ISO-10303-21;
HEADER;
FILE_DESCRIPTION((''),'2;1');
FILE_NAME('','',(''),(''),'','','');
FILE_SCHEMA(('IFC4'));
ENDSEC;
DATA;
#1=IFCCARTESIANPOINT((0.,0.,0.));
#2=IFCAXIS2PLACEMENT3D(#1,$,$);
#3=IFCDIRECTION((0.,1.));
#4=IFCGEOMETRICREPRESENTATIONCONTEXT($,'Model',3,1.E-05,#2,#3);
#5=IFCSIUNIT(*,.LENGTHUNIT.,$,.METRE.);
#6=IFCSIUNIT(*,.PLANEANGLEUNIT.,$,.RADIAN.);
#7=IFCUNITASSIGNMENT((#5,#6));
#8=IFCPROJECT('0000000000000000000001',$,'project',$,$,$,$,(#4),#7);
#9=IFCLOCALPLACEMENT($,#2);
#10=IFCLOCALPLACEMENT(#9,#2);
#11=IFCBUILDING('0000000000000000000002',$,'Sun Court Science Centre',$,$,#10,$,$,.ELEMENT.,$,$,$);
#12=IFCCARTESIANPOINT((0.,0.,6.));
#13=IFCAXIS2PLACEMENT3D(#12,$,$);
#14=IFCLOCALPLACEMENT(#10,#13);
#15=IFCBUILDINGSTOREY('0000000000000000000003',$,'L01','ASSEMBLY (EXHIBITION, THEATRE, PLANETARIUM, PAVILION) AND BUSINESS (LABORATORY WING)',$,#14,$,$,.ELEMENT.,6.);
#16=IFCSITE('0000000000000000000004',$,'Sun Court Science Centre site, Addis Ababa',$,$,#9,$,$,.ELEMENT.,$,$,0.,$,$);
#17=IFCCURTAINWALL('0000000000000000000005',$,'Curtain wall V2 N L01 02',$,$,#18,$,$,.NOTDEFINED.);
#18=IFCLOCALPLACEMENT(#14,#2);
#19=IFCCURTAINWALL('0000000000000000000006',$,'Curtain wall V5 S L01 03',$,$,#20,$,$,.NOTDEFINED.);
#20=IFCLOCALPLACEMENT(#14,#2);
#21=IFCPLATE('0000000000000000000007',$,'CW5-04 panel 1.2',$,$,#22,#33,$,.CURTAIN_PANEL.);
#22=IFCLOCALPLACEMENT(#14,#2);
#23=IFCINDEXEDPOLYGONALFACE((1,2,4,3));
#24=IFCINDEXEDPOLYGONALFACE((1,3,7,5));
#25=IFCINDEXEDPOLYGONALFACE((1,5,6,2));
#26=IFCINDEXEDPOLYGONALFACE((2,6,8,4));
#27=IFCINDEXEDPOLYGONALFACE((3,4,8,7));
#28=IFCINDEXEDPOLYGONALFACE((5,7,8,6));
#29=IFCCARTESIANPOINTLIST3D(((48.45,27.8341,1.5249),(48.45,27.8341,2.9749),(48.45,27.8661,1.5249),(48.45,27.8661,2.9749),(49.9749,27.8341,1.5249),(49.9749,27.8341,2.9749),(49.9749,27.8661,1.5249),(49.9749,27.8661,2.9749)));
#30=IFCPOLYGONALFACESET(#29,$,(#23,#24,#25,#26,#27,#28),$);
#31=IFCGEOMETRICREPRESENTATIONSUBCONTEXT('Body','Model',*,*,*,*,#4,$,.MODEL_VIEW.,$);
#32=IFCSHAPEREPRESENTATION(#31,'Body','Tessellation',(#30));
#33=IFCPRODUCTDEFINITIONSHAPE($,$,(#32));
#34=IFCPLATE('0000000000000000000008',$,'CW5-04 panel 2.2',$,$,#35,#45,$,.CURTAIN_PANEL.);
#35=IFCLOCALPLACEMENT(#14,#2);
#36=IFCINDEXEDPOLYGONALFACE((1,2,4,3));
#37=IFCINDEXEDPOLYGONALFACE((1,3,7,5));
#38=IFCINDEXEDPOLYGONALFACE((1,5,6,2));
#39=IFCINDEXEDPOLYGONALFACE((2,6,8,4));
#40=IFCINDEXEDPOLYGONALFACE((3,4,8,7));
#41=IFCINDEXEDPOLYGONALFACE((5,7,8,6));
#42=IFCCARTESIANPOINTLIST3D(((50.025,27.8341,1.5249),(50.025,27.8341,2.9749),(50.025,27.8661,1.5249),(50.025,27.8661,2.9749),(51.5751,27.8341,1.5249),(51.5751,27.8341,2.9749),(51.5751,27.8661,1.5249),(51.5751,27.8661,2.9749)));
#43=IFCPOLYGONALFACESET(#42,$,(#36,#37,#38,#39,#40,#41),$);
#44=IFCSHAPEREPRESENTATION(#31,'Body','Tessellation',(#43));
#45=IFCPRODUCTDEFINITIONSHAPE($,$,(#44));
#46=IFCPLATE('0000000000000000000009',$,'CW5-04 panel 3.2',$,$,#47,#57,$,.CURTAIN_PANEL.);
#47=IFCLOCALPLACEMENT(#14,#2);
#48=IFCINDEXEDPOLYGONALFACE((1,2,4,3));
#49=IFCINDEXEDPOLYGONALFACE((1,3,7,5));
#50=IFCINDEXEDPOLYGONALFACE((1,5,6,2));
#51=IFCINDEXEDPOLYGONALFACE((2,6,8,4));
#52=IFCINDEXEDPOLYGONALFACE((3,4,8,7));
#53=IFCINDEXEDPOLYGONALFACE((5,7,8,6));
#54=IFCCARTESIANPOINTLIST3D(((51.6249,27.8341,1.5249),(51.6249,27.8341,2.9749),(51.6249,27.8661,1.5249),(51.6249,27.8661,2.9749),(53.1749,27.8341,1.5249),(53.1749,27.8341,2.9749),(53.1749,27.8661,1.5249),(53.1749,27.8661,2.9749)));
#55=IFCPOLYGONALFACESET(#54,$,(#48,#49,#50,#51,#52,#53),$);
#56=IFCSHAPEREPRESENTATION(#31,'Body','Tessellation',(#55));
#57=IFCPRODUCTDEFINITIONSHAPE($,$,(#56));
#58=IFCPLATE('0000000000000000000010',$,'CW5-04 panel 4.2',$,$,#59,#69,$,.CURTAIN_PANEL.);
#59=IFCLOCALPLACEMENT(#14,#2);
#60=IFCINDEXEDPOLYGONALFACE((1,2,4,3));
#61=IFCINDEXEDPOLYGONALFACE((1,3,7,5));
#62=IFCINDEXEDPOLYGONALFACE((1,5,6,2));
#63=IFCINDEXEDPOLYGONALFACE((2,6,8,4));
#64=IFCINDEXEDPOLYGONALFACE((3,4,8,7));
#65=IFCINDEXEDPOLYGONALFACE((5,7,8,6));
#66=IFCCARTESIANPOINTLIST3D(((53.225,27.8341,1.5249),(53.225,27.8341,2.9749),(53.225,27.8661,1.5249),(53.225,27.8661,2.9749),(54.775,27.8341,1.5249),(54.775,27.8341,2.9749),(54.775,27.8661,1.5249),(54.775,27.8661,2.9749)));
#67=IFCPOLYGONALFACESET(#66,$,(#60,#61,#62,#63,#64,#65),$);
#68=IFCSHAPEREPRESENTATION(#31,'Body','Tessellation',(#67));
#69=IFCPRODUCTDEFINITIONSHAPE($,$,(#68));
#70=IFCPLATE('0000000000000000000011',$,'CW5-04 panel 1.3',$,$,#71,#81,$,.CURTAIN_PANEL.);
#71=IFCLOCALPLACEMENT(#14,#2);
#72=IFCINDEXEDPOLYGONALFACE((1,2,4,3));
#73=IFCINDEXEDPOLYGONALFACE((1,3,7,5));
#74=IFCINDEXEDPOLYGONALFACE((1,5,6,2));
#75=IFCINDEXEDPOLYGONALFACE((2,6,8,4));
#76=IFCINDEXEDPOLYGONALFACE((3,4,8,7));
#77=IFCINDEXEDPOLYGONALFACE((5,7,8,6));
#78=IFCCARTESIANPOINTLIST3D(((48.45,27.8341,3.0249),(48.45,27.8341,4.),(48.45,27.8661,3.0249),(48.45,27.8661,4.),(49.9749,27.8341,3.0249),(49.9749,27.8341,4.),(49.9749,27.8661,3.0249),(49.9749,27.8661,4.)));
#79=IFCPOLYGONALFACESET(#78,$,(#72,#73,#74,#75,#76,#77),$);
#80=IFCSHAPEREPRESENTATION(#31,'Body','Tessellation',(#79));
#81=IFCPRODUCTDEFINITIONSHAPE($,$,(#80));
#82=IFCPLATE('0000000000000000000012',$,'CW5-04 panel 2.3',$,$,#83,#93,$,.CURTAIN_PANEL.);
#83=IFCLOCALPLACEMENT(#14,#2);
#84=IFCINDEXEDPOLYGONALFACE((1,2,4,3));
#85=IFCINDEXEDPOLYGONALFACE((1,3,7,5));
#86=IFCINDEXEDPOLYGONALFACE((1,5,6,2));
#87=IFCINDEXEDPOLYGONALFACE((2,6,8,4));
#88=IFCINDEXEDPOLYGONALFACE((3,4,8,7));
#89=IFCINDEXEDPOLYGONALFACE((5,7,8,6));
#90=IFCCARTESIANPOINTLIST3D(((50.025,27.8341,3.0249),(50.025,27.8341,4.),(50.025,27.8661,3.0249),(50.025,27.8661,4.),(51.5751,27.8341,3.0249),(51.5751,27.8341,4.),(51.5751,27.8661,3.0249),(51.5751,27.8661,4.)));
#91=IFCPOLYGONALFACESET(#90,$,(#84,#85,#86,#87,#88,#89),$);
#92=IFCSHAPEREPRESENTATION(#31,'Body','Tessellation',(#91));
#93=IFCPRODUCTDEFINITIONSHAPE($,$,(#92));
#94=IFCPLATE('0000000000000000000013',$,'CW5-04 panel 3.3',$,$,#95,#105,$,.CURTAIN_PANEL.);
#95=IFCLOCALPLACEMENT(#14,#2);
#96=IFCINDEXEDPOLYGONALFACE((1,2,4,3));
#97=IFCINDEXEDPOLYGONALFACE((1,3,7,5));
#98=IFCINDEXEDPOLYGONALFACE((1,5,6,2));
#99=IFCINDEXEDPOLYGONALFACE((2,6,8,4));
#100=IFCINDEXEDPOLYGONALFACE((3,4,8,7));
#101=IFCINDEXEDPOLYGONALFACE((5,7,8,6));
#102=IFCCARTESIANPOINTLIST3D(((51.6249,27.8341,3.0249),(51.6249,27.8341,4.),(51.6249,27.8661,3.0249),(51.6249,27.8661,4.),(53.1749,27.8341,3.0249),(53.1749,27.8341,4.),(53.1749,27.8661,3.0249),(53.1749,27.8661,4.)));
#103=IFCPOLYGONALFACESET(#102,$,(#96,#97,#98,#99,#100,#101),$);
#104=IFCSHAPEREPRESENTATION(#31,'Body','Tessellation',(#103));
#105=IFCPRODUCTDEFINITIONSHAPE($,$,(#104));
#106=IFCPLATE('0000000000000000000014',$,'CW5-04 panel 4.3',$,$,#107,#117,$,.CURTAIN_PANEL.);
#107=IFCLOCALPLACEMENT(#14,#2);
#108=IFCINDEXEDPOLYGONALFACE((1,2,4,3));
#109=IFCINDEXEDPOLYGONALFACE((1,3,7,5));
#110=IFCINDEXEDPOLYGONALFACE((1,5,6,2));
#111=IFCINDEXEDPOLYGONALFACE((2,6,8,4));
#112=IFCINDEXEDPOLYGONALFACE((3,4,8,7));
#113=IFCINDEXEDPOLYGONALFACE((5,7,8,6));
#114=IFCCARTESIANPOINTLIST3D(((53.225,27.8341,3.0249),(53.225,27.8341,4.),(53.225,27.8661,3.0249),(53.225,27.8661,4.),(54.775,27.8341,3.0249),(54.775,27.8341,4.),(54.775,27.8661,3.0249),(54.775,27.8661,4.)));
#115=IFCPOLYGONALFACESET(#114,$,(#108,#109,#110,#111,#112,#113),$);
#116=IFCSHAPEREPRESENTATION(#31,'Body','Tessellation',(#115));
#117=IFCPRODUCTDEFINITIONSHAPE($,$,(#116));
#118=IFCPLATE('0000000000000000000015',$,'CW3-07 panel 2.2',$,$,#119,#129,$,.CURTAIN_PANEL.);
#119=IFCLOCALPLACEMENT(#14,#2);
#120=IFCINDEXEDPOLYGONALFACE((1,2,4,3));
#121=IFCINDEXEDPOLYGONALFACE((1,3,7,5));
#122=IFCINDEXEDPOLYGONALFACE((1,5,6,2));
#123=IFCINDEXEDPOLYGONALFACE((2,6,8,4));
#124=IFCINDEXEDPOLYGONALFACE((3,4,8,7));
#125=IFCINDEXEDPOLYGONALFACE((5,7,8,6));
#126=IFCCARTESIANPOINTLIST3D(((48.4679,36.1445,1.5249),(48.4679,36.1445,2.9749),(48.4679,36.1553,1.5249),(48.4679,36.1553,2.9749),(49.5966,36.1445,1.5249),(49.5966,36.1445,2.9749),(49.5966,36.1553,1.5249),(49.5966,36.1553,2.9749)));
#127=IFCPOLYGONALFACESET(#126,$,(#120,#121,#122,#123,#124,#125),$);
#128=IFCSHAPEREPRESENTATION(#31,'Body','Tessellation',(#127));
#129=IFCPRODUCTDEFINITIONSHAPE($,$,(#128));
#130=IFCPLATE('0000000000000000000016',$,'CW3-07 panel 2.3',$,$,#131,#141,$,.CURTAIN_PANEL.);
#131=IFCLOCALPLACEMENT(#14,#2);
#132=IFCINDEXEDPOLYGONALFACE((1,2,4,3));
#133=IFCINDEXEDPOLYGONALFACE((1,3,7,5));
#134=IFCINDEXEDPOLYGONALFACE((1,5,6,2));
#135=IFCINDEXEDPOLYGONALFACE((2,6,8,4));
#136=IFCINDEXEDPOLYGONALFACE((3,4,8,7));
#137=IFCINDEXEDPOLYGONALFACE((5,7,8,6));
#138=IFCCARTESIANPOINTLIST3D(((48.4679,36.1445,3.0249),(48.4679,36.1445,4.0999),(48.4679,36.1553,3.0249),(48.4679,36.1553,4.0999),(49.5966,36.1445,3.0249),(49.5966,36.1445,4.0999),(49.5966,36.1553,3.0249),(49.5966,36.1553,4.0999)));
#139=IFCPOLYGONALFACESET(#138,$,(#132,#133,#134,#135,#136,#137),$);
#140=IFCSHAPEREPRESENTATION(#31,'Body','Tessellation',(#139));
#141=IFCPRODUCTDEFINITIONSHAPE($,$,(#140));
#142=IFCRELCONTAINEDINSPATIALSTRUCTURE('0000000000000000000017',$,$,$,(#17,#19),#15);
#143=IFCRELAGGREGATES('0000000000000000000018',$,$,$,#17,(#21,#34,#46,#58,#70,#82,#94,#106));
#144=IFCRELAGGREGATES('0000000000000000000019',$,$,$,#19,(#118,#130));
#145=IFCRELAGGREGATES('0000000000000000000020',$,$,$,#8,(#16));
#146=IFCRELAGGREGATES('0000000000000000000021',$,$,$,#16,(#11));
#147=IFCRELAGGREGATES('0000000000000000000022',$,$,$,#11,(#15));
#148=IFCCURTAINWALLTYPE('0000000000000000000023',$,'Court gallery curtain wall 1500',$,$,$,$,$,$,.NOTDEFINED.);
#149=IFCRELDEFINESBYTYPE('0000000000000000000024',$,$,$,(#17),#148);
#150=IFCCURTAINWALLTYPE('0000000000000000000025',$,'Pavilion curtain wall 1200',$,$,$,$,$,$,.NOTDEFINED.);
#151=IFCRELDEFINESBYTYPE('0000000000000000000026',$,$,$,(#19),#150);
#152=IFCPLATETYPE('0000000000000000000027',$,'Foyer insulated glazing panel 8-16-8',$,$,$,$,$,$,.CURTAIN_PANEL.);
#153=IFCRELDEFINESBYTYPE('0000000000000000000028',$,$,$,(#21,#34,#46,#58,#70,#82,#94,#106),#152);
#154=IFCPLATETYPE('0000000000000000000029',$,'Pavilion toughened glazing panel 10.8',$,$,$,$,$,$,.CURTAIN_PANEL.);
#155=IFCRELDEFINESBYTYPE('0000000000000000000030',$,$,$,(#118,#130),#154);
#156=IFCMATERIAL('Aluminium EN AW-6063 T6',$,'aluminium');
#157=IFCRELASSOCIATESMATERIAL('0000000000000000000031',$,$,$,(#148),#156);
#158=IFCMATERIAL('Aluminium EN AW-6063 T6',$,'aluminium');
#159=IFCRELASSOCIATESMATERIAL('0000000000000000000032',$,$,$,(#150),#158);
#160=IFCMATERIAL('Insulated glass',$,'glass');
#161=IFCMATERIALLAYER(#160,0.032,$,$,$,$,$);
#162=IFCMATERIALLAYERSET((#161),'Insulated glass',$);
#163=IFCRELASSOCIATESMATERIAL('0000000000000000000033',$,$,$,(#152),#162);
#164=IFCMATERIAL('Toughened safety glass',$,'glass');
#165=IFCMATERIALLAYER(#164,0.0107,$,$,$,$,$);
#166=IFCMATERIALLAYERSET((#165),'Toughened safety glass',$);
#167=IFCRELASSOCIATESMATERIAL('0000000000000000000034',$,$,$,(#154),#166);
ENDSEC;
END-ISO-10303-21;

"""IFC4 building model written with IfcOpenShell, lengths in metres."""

from ifc_helpers import new_model, si_unit, direction, frame, origin, origin_2d, place, context, subcontext, project, spatial, rectangle, extrude, material, layer, layer_set, type_object, element, aggregate, save


model = new_model("IFC4")

# Units and contexts
model_context = context("Model", 3, precision=1e-05, world=origin(), true_north=direction((0.0, 1.0)))
body_context = subcontext(model_context, "Body", "Model", "MODEL_VIEW")
ifc_project = project(units=[si_unit("LENGTHUNIT", "METRE"), si_unit("PLANEANGLEUNIT", "RADIAN")], contexts=[model_context])

# Site, building, storey
site_placement = place(None, origin())
site = spatial("IfcSite", under=ifc_project, at=site_placement, Name="Sun Court Science Centre site, Addis Ababa", CompositionType="ELEMENT", RefElevation=0.0)
building_placement = place(site_placement, origin())
building = spatial("IfcBuilding", under=site, at=building_placement, Name="Sun Court Science Centre", CompositionType="ELEMENT")
storey_placement = place(building_placement, frame((0.0, 0.0, 6.0)))
storey = spatial("IfcBuildingStorey", under=building, at=storey_placement, Name="L01", Description="ASSEMBLY (EXHIBITION, THEATRE, PLANETARIUM, PAVILION) AND BUSINESS (LABORATORY WING)", CompositionType="ELEMENT", Elevation=6.0)

# Curtain walls
ifc_material_1 = material(Name="Aluminium EN AW-6063 T6", Category="aluminium")
curtain_wall_type_1 = type_object("IfcCurtainWallType", Name="Court gallery curtain wall 1500", PredefinedType="NOTDEFINED", material=ifc_material_1)
curtain_wall_1_placement = place(storey_placement, origin())
curtain_wall_1 = element("IfcCurtainWall", 1, at=curtain_wall_1_placement, inside=storey, type_object=curtain_wall_type_1, Name="Curtain wall V2 N L01 02", PredefinedType="NOTDEFINED")
ifc_material_2 = material(Name="Aluminium EN AW-6063 T6", Category="aluminium")
curtain_wall_type_2 = type_object("IfcCurtainWallType", Name="Pavilion curtain wall 1200", PredefinedType="NOTDEFINED", material=ifc_material_2)
curtain_wall_2_placement = place(storey_placement, origin())
curtain_wall_2 = element("IfcCurtainWall", 2, at=curtain_wall_2_placement, inside=storey, type_object=curtain_wall_type_2, Name="Curtain wall V5 S L01 03", PredefinedType="NOTDEFINED")

# Plates
ifc_material_3 = material(Name="Insulated glass", Category="glass")
ifc_layer_1 = layer(ifc_material_3, 0.032)
ifc_layer_set_1 = layer_set([ifc_layer_1], Name="Insulated glass")
plate_type_1 = type_object("IfcPlateType", Name="Foyer insulated glazing panel 8-16-8", PredefinedType="CURTAIN_PANEL", material=ifc_layer_set_1)
plate_1_placement = place(storey_placement, frame((49.2124, 27.8501, 1.5249), z_axis=(0.0, 0.0, 1.0), x_axis=(1.0, 0.0, 0.0)))
plate_1 = element("IfcPlate", 3, at=plate_1_placement, type_object=plate_type_1, Name="CW5-04 panel 1.2", PredefinedType="CURTAIN_PANEL", context=body_context, shape_type="SweptSolid", body=[
    extrude(rectangle(XDim=1.5249, YDim=0.032, at=origin_2d()), origin(), (0.0, 0.0, 1.0), 1.45),
])
plate_2_placement = place(storey_placement, frame((50.8, 27.8501, 1.5249), z_axis=(0.0, 0.0, 1.0), x_axis=(1.0, 0.0, 0.0)))
plate_2 = element("IfcPlate", 4, at=plate_2_placement, type_object=plate_type_1, Name="CW5-04 panel 2.2", PredefinedType="CURTAIN_PANEL", context=body_context, shape_type="SweptSolid", body=[
    extrude(rectangle(XDim=1.55, YDim=0.032, at=origin_2d()), origin(), (0.0, 0.0, 1.0), 1.45),
])
plate_3_placement = place(storey_placement, frame((52.3999, 27.8501, 1.5249), z_axis=(0.0, 0.0, 1.0), x_axis=(1.0, 0.0, 0.0)))
plate_3 = element("IfcPlate", 5, at=plate_3_placement, type_object=plate_type_1, Name="CW5-04 panel 3.2", PredefinedType="CURTAIN_PANEL", context=body_context, shape_type="SweptSolid", body=[
    extrude(rectangle(XDim=1.55, YDim=0.032, at=origin_2d()), origin(), (0.0, 0.0, 1.0), 1.45),
])
plate_4_placement = place(storey_placement, frame((54.0, 27.8501, 1.5249), z_axis=(0.0, 0.0, 1.0), x_axis=(1.0, 0.0, 0.0)))
plate_4 = element("IfcPlate", 6, at=plate_4_placement, type_object=plate_type_1, Name="CW5-04 panel 4.2", PredefinedType="CURTAIN_PANEL", context=body_context, shape_type="SweptSolid", body=[
    extrude(rectangle(XDim=1.55, YDim=0.032, at=origin_2d()), origin(), (0.0, 0.0, 1.0), 1.45),
])
plate_5_placement = place(storey_placement, frame((49.2124, 27.8501, 3.0249), z_axis=(0.0, 0.0, 1.0), x_axis=(1.0, 0.0, 0.0)))
plate_5 = element("IfcPlate", 7, at=plate_5_placement, type_object=plate_type_1, Name="CW5-04 panel 1.3", PredefinedType="CURTAIN_PANEL", context=body_context, shape_type="SweptSolid", body=[
    extrude(rectangle(XDim=1.5249, YDim=0.032, at=origin_2d()), origin(), (0.0, 0.0, 1.0), 0.9751),
])
plate_6_placement = place(storey_placement, frame((50.8, 27.8501, 3.0249), z_axis=(0.0, 0.0, 1.0), x_axis=(1.0, 0.0, 0.0)))
plate_6 = element("IfcPlate", 8, at=plate_6_placement, type_object=plate_type_1, Name="CW5-04 panel 2.3", PredefinedType="CURTAIN_PANEL", context=body_context, shape_type="SweptSolid", body=[
    extrude(rectangle(XDim=1.55, YDim=0.032, at=origin_2d()), origin(), (0.0, 0.0, 1.0), 0.9751),
])
plate_7_placement = place(storey_placement, frame((52.3999, 27.8501, 3.0249), z_axis=(0.0, 0.0, 1.0), x_axis=(1.0, 0.0, 0.0)))
plate_7 = element("IfcPlate", 9, at=plate_7_placement, type_object=plate_type_1, Name="CW5-04 panel 3.3", PredefinedType="CURTAIN_PANEL", context=body_context, shape_type="SweptSolid", body=[
    extrude(rectangle(XDim=1.55, YDim=0.032, at=origin_2d()), origin(), (0.0, 0.0, 1.0), 0.9751),
])
plate_8_placement = place(storey_placement, frame((54.0, 27.8501, 3.0249), z_axis=(0.0, 0.0, 1.0), x_axis=(1.0, 0.0, 0.0)))
plate_8 = element("IfcPlate", 10, at=plate_8_placement, type_object=plate_type_1, Name="CW5-04 panel 4.3", PredefinedType="CURTAIN_PANEL", context=body_context, shape_type="SweptSolid", body=[
    extrude(rectangle(XDim=1.55, YDim=0.032, at=origin_2d()), origin(), (0.0, 0.0, 1.0), 0.9751),
])
aggregate(curtain_wall_1, [plate_1, plate_2, plate_3, plate_4, plate_5, plate_6, plate_7, plate_8])
ifc_material_4 = material(Name="Toughened safety glass", Category="glass")
ifc_layer_2 = layer(ifc_material_4, 0.0107)
ifc_layer_set_2 = layer_set([ifc_layer_2], Name="Toughened safety glass")
plate_type_2 = type_object("IfcPlateType", Name="Pavilion toughened glazing panel 10.8", PredefinedType="CURTAIN_PANEL", material=ifc_layer_set_2)
plate_9_placement = place(storey_placement, frame((49.0322, 36.1499, 1.5249), z_axis=(0.0, 0.0, 1.0), x_axis=(-1.0, 0.0, 0.0)))
plate_9 = element("IfcPlate", 11, at=plate_9_placement, type_object=plate_type_2, Name="CW3-07 panel 2.2", PredefinedType="CURTAIN_PANEL", context=body_context, shape_type="SweptSolid", body=[
    extrude(rectangle(XDim=1.1287, YDim=0.0107, at=origin_2d()), origin(), (0.0, 0.0, 1.0), 1.45),
])
plate_10_placement = place(storey_placement, frame((49.0322, 36.1499, 3.0249), z_axis=(0.0, 0.0, 1.0), x_axis=(-1.0, 0.0, 0.0)))
plate_10 = element("IfcPlate", 12, at=plate_10_placement, type_object=plate_type_2, Name="CW3-07 panel 2.3", PredefinedType="CURTAIN_PANEL", context=body_context, shape_type="SweptSolid", body=[
    extrude(rectangle(XDim=1.1287, YDim=0.0107, at=origin_2d()), origin(), (0.0, 0.0, 1.0), 1.075),
])
aggregate(curtain_wall_2, [plate_9, plate_10])

save(model, "model.ifc")
